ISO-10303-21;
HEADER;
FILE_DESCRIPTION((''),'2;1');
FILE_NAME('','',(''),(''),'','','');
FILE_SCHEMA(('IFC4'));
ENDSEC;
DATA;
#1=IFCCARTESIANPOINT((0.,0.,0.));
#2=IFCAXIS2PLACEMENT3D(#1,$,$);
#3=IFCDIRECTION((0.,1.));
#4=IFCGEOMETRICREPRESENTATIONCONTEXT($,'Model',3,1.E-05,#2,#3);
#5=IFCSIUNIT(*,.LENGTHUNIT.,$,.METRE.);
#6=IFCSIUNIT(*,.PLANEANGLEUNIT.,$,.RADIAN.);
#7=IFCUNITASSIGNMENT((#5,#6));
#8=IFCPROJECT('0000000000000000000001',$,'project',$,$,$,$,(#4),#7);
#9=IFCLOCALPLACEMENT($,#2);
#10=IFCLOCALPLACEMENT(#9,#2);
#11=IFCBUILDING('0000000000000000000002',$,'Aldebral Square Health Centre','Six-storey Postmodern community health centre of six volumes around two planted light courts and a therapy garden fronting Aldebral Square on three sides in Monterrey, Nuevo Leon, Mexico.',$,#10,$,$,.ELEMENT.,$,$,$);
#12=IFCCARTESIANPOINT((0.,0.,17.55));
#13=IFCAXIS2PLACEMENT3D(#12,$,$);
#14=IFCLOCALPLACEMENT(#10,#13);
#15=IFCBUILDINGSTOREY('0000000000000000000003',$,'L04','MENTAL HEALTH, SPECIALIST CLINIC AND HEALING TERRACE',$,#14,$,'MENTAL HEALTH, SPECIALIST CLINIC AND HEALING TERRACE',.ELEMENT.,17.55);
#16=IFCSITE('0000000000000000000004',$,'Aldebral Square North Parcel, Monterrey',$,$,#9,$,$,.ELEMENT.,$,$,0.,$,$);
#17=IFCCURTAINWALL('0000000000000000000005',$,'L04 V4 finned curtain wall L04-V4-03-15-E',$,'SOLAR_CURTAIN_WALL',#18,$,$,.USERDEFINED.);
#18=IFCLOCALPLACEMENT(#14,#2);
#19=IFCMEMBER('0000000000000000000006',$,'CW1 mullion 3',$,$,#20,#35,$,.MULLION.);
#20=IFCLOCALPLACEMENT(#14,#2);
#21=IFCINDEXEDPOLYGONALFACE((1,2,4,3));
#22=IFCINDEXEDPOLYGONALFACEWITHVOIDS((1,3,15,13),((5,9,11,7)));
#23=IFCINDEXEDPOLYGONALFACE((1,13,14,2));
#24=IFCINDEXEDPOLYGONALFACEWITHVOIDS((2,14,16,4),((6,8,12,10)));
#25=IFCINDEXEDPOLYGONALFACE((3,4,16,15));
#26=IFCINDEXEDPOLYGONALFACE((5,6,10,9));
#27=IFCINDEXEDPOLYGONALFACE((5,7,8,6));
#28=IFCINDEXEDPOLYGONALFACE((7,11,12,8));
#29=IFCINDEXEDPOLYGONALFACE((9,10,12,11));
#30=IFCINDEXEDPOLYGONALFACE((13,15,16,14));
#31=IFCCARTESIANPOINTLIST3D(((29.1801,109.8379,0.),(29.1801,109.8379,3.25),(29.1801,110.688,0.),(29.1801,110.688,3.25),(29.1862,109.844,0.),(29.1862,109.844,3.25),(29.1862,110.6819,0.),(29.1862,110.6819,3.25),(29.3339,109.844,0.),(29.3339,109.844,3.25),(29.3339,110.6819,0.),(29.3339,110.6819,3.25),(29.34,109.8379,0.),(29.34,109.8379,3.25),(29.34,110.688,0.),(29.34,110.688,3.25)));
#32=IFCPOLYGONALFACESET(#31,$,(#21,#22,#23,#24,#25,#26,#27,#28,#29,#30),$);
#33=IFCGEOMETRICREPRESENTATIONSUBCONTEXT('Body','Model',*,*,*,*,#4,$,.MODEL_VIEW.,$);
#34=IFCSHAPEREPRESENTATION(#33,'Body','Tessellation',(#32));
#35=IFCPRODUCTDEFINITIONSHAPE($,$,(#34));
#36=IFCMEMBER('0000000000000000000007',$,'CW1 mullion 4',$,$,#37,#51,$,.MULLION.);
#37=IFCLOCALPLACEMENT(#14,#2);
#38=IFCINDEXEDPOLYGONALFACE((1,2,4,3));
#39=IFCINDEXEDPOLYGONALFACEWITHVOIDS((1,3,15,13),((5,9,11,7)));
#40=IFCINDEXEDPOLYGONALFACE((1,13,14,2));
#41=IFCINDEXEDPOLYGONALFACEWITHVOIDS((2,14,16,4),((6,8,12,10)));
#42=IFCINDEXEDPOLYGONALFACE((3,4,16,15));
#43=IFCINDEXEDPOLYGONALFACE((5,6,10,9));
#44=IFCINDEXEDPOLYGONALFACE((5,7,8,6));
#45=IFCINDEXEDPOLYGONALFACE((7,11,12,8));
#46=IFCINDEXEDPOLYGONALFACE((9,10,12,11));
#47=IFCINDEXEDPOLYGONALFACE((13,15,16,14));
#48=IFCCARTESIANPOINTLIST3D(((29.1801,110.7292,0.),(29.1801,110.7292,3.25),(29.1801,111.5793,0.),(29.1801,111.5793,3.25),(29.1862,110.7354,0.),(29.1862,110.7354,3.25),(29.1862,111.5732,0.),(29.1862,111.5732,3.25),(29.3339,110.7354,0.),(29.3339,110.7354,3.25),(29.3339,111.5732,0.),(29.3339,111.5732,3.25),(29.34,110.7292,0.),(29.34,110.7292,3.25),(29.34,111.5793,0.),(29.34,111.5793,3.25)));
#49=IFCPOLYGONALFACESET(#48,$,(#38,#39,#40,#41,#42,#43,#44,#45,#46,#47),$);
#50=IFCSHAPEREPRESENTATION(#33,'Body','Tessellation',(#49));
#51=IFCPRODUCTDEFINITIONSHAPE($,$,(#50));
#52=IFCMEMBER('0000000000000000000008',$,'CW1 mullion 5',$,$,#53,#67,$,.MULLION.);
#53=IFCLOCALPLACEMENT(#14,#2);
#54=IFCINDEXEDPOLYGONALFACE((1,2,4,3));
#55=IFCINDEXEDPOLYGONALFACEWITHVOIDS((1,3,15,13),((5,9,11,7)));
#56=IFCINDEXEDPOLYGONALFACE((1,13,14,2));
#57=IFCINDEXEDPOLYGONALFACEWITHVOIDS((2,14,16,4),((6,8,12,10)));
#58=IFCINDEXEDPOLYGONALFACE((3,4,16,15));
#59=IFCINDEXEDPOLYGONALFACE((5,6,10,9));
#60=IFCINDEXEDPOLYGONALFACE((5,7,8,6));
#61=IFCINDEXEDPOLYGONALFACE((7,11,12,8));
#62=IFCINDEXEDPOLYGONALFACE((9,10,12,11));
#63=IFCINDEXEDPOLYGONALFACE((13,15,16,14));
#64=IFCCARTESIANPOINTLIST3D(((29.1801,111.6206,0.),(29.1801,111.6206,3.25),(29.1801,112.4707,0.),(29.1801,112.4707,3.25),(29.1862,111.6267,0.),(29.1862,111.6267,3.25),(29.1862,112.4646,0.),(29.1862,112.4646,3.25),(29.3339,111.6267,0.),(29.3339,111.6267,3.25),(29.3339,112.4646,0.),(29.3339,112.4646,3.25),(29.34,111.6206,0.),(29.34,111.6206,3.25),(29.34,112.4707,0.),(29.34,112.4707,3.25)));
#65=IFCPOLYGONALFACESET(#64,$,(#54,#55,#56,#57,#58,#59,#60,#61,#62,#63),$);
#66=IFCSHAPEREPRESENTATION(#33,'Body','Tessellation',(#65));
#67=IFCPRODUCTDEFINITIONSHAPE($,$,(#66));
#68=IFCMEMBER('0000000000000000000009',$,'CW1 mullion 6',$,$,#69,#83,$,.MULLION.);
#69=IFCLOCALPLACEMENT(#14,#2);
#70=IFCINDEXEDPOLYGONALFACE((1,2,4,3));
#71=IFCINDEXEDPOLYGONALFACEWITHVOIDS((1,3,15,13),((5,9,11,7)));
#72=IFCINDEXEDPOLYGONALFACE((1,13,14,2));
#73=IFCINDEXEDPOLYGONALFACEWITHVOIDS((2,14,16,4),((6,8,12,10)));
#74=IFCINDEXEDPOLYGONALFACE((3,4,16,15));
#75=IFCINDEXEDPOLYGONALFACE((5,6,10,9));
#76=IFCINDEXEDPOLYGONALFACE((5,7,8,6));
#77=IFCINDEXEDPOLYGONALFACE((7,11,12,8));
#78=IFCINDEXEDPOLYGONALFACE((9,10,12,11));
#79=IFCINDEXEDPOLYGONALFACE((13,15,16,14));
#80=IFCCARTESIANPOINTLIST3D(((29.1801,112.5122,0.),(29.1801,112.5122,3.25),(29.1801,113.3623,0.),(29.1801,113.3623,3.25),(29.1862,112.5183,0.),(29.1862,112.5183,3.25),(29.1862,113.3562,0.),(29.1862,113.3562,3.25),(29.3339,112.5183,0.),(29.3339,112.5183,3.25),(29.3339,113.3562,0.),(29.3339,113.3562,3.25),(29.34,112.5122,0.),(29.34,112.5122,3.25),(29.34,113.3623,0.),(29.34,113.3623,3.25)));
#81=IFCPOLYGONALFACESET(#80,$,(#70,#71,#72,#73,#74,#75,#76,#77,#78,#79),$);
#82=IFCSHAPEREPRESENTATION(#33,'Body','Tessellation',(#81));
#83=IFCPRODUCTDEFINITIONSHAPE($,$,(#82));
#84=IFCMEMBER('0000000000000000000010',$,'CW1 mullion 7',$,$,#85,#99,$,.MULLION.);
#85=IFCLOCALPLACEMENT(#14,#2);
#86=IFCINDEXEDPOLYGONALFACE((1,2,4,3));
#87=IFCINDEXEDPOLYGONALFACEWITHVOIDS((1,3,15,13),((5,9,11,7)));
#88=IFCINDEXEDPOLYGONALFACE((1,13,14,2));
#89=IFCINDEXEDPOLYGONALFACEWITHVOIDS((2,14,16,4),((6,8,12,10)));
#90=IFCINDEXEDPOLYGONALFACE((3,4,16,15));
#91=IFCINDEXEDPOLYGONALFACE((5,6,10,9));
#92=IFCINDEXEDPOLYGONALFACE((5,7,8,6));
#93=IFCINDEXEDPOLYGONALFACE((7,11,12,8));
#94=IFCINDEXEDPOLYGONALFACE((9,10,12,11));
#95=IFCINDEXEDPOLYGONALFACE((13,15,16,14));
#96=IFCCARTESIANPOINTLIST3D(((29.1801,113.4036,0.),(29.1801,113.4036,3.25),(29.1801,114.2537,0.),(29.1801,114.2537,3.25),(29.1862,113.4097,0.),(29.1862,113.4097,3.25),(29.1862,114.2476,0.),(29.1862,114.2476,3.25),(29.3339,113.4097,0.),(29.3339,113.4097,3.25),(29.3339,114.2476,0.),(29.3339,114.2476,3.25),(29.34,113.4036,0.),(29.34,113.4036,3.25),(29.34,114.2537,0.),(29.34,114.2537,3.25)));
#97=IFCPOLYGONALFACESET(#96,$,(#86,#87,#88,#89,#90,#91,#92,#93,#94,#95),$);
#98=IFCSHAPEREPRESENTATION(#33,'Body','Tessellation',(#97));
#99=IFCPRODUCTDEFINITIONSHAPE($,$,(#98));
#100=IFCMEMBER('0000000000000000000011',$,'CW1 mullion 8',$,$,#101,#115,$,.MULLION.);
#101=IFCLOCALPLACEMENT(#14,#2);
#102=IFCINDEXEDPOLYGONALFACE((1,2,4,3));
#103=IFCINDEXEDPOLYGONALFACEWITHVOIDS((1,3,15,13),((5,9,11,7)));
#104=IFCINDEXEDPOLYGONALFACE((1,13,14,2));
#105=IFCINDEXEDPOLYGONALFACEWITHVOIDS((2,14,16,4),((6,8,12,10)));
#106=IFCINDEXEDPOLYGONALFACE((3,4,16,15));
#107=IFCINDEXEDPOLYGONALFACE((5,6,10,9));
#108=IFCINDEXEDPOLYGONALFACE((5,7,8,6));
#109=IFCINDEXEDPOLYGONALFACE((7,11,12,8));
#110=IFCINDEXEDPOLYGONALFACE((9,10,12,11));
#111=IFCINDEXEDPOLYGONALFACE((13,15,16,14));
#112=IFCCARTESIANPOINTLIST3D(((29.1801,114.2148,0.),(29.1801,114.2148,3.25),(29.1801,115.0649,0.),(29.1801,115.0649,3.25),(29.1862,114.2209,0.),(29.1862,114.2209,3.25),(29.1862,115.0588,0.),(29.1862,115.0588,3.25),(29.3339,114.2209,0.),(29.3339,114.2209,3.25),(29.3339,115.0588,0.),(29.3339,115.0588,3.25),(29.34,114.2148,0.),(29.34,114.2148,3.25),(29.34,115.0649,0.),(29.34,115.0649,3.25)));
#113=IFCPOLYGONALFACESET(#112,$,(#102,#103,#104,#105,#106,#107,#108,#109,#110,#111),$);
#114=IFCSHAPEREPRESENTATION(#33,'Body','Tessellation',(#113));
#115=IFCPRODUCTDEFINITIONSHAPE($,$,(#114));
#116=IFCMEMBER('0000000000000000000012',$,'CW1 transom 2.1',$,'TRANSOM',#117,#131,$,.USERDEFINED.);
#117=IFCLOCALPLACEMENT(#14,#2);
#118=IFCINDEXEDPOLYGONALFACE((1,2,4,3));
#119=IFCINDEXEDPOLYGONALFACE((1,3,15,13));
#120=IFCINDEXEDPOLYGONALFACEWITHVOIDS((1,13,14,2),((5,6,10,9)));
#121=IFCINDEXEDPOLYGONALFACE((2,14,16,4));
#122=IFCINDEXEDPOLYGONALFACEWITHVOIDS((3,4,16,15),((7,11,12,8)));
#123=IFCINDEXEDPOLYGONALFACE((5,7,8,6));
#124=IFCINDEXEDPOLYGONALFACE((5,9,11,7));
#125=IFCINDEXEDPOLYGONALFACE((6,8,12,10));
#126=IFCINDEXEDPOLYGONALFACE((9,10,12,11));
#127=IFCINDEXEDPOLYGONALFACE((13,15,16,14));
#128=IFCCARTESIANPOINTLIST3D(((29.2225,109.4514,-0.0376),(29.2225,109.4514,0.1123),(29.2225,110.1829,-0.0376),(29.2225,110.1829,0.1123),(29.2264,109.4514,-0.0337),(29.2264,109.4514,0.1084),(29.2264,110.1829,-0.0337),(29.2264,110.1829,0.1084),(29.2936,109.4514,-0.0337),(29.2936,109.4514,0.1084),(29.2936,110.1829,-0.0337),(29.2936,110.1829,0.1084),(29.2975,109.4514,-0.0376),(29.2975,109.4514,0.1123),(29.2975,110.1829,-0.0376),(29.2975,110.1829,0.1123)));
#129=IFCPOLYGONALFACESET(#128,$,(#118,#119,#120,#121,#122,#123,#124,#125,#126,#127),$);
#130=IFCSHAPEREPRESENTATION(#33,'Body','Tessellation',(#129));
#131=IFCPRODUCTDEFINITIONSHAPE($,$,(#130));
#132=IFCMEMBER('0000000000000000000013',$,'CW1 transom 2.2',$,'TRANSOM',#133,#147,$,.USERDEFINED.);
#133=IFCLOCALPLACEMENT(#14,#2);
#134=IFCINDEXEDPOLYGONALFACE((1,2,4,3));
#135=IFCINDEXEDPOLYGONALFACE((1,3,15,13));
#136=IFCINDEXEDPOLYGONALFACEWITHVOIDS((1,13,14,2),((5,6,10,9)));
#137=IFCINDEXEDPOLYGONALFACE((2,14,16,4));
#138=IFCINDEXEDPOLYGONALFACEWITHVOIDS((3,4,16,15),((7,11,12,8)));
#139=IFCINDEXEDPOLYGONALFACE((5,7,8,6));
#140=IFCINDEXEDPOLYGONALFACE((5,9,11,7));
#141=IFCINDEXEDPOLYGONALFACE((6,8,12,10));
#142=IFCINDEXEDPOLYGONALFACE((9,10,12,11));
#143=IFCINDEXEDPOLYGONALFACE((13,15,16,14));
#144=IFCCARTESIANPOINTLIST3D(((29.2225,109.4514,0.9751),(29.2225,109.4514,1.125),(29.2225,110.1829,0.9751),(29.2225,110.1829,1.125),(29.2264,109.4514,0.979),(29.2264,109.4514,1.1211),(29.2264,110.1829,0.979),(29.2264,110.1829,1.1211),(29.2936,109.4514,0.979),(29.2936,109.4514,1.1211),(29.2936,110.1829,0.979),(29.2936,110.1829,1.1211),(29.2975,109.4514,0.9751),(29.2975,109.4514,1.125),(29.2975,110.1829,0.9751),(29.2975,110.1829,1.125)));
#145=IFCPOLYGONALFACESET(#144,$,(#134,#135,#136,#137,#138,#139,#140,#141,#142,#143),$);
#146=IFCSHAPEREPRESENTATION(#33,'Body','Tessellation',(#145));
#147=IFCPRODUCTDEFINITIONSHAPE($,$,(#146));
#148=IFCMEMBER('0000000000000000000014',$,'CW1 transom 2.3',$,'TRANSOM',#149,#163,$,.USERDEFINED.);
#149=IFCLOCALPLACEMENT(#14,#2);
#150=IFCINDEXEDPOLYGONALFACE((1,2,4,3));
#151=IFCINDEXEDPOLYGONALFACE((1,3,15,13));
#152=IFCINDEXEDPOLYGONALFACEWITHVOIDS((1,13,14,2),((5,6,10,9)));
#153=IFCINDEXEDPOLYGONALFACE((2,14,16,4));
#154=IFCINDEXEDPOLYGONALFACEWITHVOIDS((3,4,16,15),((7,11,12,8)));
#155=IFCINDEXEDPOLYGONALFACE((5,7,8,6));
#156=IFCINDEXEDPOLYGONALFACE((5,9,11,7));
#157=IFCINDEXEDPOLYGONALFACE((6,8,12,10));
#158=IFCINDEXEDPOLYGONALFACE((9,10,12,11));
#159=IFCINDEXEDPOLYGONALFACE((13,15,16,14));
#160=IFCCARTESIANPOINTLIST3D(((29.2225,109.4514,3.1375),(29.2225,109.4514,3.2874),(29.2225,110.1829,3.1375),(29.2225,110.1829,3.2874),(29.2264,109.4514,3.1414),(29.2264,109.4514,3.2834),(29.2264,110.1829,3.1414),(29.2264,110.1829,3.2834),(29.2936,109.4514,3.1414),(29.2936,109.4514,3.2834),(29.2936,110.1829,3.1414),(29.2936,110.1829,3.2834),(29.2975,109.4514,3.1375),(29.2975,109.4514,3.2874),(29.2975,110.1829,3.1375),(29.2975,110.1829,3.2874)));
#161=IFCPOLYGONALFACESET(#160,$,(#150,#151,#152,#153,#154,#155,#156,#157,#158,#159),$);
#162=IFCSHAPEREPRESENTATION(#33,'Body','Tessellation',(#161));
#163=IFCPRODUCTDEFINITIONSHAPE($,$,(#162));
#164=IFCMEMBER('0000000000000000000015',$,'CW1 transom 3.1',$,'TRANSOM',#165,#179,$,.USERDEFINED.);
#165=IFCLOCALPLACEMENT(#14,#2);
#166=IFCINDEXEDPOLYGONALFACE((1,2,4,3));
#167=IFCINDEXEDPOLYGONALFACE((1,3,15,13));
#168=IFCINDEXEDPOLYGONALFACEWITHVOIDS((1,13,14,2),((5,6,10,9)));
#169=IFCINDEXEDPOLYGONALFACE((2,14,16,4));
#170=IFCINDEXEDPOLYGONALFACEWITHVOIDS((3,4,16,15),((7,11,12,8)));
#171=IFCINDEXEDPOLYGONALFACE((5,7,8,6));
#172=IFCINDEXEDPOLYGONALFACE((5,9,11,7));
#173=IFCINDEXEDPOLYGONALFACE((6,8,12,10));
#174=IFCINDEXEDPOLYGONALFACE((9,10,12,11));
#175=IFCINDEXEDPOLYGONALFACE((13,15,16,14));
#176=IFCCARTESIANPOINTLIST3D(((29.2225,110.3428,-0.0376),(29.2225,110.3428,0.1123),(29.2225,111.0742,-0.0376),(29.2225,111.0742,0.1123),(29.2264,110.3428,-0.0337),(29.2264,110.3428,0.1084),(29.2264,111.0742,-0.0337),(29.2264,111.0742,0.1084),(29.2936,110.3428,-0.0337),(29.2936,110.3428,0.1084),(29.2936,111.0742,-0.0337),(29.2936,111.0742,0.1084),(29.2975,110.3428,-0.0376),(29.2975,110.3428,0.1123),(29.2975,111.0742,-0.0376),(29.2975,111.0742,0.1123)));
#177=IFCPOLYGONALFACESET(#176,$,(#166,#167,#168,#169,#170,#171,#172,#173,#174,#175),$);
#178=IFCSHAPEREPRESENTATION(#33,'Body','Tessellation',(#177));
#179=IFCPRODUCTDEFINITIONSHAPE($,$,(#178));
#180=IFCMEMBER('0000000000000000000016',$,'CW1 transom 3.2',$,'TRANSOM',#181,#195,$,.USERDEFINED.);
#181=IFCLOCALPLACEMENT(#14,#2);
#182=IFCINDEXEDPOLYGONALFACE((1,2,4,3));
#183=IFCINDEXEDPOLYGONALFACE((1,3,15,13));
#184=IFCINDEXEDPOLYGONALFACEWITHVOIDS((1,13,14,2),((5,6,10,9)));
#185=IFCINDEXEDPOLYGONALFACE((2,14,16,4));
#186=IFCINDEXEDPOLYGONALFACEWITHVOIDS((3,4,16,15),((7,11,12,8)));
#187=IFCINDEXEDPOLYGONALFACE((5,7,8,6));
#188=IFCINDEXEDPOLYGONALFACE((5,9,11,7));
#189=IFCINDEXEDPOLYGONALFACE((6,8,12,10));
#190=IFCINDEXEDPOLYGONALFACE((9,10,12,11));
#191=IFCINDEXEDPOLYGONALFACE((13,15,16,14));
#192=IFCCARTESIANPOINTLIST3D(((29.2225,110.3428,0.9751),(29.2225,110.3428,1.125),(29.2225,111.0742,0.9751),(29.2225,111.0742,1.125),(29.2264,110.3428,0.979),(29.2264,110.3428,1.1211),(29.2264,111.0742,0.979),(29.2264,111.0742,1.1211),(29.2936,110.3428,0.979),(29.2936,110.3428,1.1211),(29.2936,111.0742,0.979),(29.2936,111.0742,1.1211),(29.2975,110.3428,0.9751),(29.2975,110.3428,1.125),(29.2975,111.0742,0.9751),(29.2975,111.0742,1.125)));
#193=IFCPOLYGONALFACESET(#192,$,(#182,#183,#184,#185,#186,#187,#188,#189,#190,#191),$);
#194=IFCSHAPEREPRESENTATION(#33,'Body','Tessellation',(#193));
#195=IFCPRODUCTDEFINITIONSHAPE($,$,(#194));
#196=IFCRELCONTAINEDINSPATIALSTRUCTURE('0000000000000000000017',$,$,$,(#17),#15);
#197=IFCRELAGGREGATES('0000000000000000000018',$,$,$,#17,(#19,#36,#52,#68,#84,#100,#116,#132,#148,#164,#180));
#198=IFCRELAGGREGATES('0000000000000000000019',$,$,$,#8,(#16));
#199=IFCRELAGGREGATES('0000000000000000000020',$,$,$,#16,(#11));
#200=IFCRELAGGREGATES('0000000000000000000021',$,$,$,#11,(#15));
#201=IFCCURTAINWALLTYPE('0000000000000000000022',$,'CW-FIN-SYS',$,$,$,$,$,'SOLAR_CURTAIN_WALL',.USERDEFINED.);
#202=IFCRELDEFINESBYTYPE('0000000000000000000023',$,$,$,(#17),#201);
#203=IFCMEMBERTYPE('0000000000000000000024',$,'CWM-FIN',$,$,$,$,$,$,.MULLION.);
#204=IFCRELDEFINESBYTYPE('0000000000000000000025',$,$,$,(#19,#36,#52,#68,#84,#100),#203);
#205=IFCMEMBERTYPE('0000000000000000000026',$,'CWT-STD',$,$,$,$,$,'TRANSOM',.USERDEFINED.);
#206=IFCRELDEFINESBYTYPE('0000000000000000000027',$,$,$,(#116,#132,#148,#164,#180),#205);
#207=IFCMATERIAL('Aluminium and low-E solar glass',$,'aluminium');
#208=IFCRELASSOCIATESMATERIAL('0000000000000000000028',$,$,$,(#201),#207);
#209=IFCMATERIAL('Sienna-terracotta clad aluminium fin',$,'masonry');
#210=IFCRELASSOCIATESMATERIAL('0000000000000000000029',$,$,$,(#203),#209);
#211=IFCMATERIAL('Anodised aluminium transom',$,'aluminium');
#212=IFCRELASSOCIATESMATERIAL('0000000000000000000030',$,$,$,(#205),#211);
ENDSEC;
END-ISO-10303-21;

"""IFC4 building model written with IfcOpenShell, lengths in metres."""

from ifc_helpers import new_model, si_unit, direction, frame, origin, origin_2d, place, context, subcontext, project, spatial, hollow_rectangle, extrude, material, material_profile, profile_set, type_object, element, aggregate, save


model = new_model("IFC4")

# Units and contexts
model_context = context("Model", 3, precision=1e-05, world=origin(), true_north=direction((0.0, 1.0)))
body_context = subcontext(model_context, "Body", "Model", "MODEL_VIEW")
ifc_project = project(units=[si_unit("LENGTHUNIT", "METRE"), si_unit("PLANEANGLEUNIT", "RADIAN")], contexts=[model_context])

# Site, building, storey
site_placement = place(None, origin())
site = spatial("IfcSite", under=ifc_project, at=site_placement, Name="Aldebral Square North Parcel, Monterrey", CompositionType="ELEMENT", RefElevation=0.0)
building_placement = place(site_placement, origin())
building = spatial("IfcBuilding", under=site, at=building_placement, Name="Aldebral Square Health Centre", Description="Six-storey Postmodern community health centre of six volumes around two planted light courts and a therapy garden fronting Aldebral Square on three sides in Monterrey, Nuevo Leon, Mexico.", CompositionType="ELEMENT")
storey_placement = place(building_placement, frame((0.0, 0.0, 17.55)))
storey = spatial("IfcBuildingStorey", under=building, at=storey_placement, Name="L04", Description="MENTAL HEALTH, SPECIALIST CLINIC AND HEALING TERRACE", LongName="MENTAL HEALTH, SPECIALIST CLINIC AND HEALING TERRACE", CompositionType="ELEMENT", Elevation=17.55)

# Curtain wall, members
ifc_material_1 = material(Name="Aluminium and low-E solar glass", Category="aluminium")
curtain_wall_type = type_object("IfcCurtainWallType", Name="CW-FIN-SYS", ElementType="SOLAR_CURTAIN_WALL", PredefinedType="USERDEFINED", material=ifc_material_1)
curtain_wall_placement = place(storey_placement, origin())
curtain_wall = element("IfcCurtainWall", 1, at=curtain_wall_placement, inside=storey, type_object=curtain_wall_type, Name="L04 V4 finned curtain wall L04-V4-03-15-E", ObjectType="SOLAR_CURTAIN_WALL", PredefinedType="USERDEFINED")
ifc_material_2 = material(Name="Sienna-terracotta clad aluminium fin", Category="masonry")
ifc_material_profile_1 = material_profile(ifc_material_2, hollow_rectangle(XDim=0.1599, YDim=0.8501, WallThickness=0.0061, at=origin_2d()), Name="FIN 160x850x6")
ifc_profile_set_1 = profile_set([ifc_material_profile_1], Name="Sienna-terracotta clad aluminium fin")
member_type_1 = type_object("IfcMemberType", Name="CWM-FIN", PredefinedType="MULLION", material=ifc_profile_set_1)
member_1_placement = place(storey_placement, frame((29.26, 110.2629, 0.0), z_axis=(0.0, 0.0, 1.0), x_axis=(-1.0, 0.0, 0.0)))
member_1 = element("IfcMember", 2, at=member_1_placement, type_object=member_type_1, Name="CW1 mullion 3", PredefinedType="MULLION", context=body_context, shape_type="SweptSolid", body=[
    extrude(hollow_rectangle(XDim=0.1599, YDim=0.8501, WallThickness=0.0061, at=origin_2d()), origin(), (0.0, 0.0, 1.0), 3.25),
])
member_2_placement = place(storey_placement, frame((29.26, 111.1543, 0.0), z_axis=(0.0, 0.0, 1.0), x_axis=(-1.0, 0.0, 0.0)))
member_2 = element("IfcMember", 3, at=member_2_placement, type_object=member_type_1, Name="CW1 mullion 4", PredefinedType="MULLION", context=body_context, shape_type="SweptSolid", body=[
    extrude(hollow_rectangle(XDim=0.1599, YDim=0.8501, WallThickness=0.0061, at=origin_2d()), origin(), (0.0, 0.0, 1.0), 3.25),
])
member_3_placement = place(storey_placement, frame((29.26, 112.0457, 0.0), z_axis=(0.0, 0.0, 1.0), x_axis=(-1.0, 0.0, 0.0)))
member_3 = element("IfcMember", 4, at=member_3_placement, type_object=member_type_1, Name="CW1 mullion 5", PredefinedType="MULLION", context=body_context, shape_type="SweptSolid", body=[
    extrude(hollow_rectangle(XDim=0.1599, YDim=0.8501, WallThickness=0.0061, at=origin_2d()), origin(), (0.0, 0.0, 1.0), 3.25),
])
member_4_placement = place(storey_placement, frame((29.26, 112.9373, 0.0), z_axis=(0.0, 0.0, 1.0), x_axis=(-1.0, 0.0, 0.0)))
member_4 = element("IfcMember", 5, at=member_4_placement, type_object=member_type_1, Name="CW1 mullion 6", PredefinedType="MULLION", context=body_context, shape_type="SweptSolid", body=[
    extrude(hollow_rectangle(XDim=0.1599, YDim=0.8501, WallThickness=0.0061, at=origin_2d()), origin(), (0.0, 0.0, 1.0), 3.25),
])
member_5_placement = place(storey_placement, frame((29.26, 113.8286, 0.0), z_axis=(0.0, 0.0, 1.0), x_axis=(-1.0, 0.0, 0.0)))
member_5 = element("IfcMember", 6, at=member_5_placement, type_object=member_type_1, Name="CW1 mullion 7", PredefinedType="MULLION", context=body_context, shape_type="SweptSolid", body=[
    extrude(hollow_rectangle(XDim=0.1599, YDim=0.8501, WallThickness=0.0061, at=origin_2d()), origin(), (0.0, 0.0, 1.0), 3.25),
])
member_6_placement = place(storey_placement, frame((29.26, 114.6399, 0.0), z_axis=(0.0, 0.0, 1.0), x_axis=(-1.0, 0.0, 0.0)))
member_6 = element("IfcMember", 7, at=member_6_placement, type_object=member_type_1, Name="CW1 mullion 8", PredefinedType="MULLION", context=body_context, shape_type="SweptSolid", body=[
    extrude(hollow_rectangle(XDim=0.1599, YDim=0.8501, WallThickness=0.0061, at=origin_2d()), origin(), (0.0, 0.0, 1.0), 3.25),
])
ifc_material_3 = material(Name="Anodised aluminium transom", Category="aluminium")
ifc_material_profile_2 = material_profile(ifc_material_3, hollow_rectangle(XDim=0.075, YDim=0.1499, WallThickness=0.0039, at=origin_2d()), Name="CWT 75x150x4")
ifc_profile_set_2 = profile_set([ifc_material_profile_2], Name="Anodised aluminium transom")
member_type_2 = type_object("IfcMemberType", Name="CWT-STD", ElementType="TRANSOM", PredefinedType="USERDEFINED", material=ifc_profile_set_2)
member_7_placement = place(storey_placement, frame((29.26, 109.4514, 0.0374), z_axis=(0.0, 1.0, 0.0), x_axis=(-1.0, 0.0, 0.0)))
member_7 = element("IfcMember", 8, at=member_7_placement, type_object=member_type_2, Name="CW1 transom 2.1", ObjectType="TRANSOM", PredefinedType="USERDEFINED", context=body_context, shape_type="SweptSolid", body=[
    extrude(hollow_rectangle(XDim=0.075, YDim=0.1499, WallThickness=0.0039, at=origin_2d()), origin(), (0.0, 0.0, 1.0), 0.7314),
])
member_8_placement = place(storey_placement, frame((29.26, 109.4514, 1.05), z_axis=(0.0, 1.0, 0.0), x_axis=(-1.0, 0.0, 0.0)))
member_8 = element("IfcMember", 9, at=member_8_placement, type_object=member_type_2, Name="CW1 transom 2.2", ObjectType="TRANSOM", PredefinedType="USERDEFINED", context=body_context, shape_type="SweptSolid", body=[
    extrude(hollow_rectangle(XDim=0.075, YDim=0.1499, WallThickness=0.0039, at=origin_2d()), origin(), (0.0, 0.0, 1.0), 0.7314),
])
member_9_placement = place(storey_placement, frame((29.26, 109.4514, 3.2124), z_axis=(0.0, 1.0, 0.0), x_axis=(-1.0, 0.0, 0.0)))
member_9 = element("IfcMember", 10, at=member_9_placement, type_object=member_type_2, Name="CW1 transom 2.3", ObjectType="TRANSOM", PredefinedType="USERDEFINED", context=body_context, shape_type="SweptSolid", body=[
    extrude(hollow_rectangle(XDim=0.075, YDim=0.1499, WallThickness=0.0039, at=origin_2d()), origin(), (0.0, 0.0, 1.0), 0.7314),
])
member_10_placement = place(storey_placement, frame((29.26, 110.3428, 0.0374), z_axis=(0.0, 1.0, 0.0), x_axis=(-1.0, 0.0, 0.0)))
member_10 = element("IfcMember", 11, at=member_10_placement, type_object=member_type_2, Name="CW1 transom 3.1", ObjectType="TRANSOM", PredefinedType="USERDEFINED", context=body_context, shape_type="SweptSolid", body=[
    extrude(hollow_rectangle(XDim=0.075, YDim=0.1499, WallThickness=0.0039, at=origin_2d()), origin(), (0.0, 0.0, 1.0), 0.7314),
])
member_11_placement = place(storey_placement, frame((29.26, 110.3428, 1.05), z_axis=(0.0, 1.0, 0.0), x_axis=(-1.0, 0.0, 0.0)))
member_11 = element("IfcMember", 12, at=member_11_placement, type_object=member_type_2, Name="CW1 transom 3.2", ObjectType="TRANSOM", PredefinedType="USERDEFINED", context=body_context, shape_type="SweptSolid", body=[
    extrude(hollow_rectangle(XDim=0.075, YDim=0.1499, WallThickness=0.0039, at=origin_2d()), origin(), (0.0, 0.0, 1.0), 0.7314),
])
aggregate(curtain_wall, [member_1, member_2, member_3, member_4, member_5, member_6, member_7, member_8, member_9, member_10, member_11])

save(model, "model.ifc")
